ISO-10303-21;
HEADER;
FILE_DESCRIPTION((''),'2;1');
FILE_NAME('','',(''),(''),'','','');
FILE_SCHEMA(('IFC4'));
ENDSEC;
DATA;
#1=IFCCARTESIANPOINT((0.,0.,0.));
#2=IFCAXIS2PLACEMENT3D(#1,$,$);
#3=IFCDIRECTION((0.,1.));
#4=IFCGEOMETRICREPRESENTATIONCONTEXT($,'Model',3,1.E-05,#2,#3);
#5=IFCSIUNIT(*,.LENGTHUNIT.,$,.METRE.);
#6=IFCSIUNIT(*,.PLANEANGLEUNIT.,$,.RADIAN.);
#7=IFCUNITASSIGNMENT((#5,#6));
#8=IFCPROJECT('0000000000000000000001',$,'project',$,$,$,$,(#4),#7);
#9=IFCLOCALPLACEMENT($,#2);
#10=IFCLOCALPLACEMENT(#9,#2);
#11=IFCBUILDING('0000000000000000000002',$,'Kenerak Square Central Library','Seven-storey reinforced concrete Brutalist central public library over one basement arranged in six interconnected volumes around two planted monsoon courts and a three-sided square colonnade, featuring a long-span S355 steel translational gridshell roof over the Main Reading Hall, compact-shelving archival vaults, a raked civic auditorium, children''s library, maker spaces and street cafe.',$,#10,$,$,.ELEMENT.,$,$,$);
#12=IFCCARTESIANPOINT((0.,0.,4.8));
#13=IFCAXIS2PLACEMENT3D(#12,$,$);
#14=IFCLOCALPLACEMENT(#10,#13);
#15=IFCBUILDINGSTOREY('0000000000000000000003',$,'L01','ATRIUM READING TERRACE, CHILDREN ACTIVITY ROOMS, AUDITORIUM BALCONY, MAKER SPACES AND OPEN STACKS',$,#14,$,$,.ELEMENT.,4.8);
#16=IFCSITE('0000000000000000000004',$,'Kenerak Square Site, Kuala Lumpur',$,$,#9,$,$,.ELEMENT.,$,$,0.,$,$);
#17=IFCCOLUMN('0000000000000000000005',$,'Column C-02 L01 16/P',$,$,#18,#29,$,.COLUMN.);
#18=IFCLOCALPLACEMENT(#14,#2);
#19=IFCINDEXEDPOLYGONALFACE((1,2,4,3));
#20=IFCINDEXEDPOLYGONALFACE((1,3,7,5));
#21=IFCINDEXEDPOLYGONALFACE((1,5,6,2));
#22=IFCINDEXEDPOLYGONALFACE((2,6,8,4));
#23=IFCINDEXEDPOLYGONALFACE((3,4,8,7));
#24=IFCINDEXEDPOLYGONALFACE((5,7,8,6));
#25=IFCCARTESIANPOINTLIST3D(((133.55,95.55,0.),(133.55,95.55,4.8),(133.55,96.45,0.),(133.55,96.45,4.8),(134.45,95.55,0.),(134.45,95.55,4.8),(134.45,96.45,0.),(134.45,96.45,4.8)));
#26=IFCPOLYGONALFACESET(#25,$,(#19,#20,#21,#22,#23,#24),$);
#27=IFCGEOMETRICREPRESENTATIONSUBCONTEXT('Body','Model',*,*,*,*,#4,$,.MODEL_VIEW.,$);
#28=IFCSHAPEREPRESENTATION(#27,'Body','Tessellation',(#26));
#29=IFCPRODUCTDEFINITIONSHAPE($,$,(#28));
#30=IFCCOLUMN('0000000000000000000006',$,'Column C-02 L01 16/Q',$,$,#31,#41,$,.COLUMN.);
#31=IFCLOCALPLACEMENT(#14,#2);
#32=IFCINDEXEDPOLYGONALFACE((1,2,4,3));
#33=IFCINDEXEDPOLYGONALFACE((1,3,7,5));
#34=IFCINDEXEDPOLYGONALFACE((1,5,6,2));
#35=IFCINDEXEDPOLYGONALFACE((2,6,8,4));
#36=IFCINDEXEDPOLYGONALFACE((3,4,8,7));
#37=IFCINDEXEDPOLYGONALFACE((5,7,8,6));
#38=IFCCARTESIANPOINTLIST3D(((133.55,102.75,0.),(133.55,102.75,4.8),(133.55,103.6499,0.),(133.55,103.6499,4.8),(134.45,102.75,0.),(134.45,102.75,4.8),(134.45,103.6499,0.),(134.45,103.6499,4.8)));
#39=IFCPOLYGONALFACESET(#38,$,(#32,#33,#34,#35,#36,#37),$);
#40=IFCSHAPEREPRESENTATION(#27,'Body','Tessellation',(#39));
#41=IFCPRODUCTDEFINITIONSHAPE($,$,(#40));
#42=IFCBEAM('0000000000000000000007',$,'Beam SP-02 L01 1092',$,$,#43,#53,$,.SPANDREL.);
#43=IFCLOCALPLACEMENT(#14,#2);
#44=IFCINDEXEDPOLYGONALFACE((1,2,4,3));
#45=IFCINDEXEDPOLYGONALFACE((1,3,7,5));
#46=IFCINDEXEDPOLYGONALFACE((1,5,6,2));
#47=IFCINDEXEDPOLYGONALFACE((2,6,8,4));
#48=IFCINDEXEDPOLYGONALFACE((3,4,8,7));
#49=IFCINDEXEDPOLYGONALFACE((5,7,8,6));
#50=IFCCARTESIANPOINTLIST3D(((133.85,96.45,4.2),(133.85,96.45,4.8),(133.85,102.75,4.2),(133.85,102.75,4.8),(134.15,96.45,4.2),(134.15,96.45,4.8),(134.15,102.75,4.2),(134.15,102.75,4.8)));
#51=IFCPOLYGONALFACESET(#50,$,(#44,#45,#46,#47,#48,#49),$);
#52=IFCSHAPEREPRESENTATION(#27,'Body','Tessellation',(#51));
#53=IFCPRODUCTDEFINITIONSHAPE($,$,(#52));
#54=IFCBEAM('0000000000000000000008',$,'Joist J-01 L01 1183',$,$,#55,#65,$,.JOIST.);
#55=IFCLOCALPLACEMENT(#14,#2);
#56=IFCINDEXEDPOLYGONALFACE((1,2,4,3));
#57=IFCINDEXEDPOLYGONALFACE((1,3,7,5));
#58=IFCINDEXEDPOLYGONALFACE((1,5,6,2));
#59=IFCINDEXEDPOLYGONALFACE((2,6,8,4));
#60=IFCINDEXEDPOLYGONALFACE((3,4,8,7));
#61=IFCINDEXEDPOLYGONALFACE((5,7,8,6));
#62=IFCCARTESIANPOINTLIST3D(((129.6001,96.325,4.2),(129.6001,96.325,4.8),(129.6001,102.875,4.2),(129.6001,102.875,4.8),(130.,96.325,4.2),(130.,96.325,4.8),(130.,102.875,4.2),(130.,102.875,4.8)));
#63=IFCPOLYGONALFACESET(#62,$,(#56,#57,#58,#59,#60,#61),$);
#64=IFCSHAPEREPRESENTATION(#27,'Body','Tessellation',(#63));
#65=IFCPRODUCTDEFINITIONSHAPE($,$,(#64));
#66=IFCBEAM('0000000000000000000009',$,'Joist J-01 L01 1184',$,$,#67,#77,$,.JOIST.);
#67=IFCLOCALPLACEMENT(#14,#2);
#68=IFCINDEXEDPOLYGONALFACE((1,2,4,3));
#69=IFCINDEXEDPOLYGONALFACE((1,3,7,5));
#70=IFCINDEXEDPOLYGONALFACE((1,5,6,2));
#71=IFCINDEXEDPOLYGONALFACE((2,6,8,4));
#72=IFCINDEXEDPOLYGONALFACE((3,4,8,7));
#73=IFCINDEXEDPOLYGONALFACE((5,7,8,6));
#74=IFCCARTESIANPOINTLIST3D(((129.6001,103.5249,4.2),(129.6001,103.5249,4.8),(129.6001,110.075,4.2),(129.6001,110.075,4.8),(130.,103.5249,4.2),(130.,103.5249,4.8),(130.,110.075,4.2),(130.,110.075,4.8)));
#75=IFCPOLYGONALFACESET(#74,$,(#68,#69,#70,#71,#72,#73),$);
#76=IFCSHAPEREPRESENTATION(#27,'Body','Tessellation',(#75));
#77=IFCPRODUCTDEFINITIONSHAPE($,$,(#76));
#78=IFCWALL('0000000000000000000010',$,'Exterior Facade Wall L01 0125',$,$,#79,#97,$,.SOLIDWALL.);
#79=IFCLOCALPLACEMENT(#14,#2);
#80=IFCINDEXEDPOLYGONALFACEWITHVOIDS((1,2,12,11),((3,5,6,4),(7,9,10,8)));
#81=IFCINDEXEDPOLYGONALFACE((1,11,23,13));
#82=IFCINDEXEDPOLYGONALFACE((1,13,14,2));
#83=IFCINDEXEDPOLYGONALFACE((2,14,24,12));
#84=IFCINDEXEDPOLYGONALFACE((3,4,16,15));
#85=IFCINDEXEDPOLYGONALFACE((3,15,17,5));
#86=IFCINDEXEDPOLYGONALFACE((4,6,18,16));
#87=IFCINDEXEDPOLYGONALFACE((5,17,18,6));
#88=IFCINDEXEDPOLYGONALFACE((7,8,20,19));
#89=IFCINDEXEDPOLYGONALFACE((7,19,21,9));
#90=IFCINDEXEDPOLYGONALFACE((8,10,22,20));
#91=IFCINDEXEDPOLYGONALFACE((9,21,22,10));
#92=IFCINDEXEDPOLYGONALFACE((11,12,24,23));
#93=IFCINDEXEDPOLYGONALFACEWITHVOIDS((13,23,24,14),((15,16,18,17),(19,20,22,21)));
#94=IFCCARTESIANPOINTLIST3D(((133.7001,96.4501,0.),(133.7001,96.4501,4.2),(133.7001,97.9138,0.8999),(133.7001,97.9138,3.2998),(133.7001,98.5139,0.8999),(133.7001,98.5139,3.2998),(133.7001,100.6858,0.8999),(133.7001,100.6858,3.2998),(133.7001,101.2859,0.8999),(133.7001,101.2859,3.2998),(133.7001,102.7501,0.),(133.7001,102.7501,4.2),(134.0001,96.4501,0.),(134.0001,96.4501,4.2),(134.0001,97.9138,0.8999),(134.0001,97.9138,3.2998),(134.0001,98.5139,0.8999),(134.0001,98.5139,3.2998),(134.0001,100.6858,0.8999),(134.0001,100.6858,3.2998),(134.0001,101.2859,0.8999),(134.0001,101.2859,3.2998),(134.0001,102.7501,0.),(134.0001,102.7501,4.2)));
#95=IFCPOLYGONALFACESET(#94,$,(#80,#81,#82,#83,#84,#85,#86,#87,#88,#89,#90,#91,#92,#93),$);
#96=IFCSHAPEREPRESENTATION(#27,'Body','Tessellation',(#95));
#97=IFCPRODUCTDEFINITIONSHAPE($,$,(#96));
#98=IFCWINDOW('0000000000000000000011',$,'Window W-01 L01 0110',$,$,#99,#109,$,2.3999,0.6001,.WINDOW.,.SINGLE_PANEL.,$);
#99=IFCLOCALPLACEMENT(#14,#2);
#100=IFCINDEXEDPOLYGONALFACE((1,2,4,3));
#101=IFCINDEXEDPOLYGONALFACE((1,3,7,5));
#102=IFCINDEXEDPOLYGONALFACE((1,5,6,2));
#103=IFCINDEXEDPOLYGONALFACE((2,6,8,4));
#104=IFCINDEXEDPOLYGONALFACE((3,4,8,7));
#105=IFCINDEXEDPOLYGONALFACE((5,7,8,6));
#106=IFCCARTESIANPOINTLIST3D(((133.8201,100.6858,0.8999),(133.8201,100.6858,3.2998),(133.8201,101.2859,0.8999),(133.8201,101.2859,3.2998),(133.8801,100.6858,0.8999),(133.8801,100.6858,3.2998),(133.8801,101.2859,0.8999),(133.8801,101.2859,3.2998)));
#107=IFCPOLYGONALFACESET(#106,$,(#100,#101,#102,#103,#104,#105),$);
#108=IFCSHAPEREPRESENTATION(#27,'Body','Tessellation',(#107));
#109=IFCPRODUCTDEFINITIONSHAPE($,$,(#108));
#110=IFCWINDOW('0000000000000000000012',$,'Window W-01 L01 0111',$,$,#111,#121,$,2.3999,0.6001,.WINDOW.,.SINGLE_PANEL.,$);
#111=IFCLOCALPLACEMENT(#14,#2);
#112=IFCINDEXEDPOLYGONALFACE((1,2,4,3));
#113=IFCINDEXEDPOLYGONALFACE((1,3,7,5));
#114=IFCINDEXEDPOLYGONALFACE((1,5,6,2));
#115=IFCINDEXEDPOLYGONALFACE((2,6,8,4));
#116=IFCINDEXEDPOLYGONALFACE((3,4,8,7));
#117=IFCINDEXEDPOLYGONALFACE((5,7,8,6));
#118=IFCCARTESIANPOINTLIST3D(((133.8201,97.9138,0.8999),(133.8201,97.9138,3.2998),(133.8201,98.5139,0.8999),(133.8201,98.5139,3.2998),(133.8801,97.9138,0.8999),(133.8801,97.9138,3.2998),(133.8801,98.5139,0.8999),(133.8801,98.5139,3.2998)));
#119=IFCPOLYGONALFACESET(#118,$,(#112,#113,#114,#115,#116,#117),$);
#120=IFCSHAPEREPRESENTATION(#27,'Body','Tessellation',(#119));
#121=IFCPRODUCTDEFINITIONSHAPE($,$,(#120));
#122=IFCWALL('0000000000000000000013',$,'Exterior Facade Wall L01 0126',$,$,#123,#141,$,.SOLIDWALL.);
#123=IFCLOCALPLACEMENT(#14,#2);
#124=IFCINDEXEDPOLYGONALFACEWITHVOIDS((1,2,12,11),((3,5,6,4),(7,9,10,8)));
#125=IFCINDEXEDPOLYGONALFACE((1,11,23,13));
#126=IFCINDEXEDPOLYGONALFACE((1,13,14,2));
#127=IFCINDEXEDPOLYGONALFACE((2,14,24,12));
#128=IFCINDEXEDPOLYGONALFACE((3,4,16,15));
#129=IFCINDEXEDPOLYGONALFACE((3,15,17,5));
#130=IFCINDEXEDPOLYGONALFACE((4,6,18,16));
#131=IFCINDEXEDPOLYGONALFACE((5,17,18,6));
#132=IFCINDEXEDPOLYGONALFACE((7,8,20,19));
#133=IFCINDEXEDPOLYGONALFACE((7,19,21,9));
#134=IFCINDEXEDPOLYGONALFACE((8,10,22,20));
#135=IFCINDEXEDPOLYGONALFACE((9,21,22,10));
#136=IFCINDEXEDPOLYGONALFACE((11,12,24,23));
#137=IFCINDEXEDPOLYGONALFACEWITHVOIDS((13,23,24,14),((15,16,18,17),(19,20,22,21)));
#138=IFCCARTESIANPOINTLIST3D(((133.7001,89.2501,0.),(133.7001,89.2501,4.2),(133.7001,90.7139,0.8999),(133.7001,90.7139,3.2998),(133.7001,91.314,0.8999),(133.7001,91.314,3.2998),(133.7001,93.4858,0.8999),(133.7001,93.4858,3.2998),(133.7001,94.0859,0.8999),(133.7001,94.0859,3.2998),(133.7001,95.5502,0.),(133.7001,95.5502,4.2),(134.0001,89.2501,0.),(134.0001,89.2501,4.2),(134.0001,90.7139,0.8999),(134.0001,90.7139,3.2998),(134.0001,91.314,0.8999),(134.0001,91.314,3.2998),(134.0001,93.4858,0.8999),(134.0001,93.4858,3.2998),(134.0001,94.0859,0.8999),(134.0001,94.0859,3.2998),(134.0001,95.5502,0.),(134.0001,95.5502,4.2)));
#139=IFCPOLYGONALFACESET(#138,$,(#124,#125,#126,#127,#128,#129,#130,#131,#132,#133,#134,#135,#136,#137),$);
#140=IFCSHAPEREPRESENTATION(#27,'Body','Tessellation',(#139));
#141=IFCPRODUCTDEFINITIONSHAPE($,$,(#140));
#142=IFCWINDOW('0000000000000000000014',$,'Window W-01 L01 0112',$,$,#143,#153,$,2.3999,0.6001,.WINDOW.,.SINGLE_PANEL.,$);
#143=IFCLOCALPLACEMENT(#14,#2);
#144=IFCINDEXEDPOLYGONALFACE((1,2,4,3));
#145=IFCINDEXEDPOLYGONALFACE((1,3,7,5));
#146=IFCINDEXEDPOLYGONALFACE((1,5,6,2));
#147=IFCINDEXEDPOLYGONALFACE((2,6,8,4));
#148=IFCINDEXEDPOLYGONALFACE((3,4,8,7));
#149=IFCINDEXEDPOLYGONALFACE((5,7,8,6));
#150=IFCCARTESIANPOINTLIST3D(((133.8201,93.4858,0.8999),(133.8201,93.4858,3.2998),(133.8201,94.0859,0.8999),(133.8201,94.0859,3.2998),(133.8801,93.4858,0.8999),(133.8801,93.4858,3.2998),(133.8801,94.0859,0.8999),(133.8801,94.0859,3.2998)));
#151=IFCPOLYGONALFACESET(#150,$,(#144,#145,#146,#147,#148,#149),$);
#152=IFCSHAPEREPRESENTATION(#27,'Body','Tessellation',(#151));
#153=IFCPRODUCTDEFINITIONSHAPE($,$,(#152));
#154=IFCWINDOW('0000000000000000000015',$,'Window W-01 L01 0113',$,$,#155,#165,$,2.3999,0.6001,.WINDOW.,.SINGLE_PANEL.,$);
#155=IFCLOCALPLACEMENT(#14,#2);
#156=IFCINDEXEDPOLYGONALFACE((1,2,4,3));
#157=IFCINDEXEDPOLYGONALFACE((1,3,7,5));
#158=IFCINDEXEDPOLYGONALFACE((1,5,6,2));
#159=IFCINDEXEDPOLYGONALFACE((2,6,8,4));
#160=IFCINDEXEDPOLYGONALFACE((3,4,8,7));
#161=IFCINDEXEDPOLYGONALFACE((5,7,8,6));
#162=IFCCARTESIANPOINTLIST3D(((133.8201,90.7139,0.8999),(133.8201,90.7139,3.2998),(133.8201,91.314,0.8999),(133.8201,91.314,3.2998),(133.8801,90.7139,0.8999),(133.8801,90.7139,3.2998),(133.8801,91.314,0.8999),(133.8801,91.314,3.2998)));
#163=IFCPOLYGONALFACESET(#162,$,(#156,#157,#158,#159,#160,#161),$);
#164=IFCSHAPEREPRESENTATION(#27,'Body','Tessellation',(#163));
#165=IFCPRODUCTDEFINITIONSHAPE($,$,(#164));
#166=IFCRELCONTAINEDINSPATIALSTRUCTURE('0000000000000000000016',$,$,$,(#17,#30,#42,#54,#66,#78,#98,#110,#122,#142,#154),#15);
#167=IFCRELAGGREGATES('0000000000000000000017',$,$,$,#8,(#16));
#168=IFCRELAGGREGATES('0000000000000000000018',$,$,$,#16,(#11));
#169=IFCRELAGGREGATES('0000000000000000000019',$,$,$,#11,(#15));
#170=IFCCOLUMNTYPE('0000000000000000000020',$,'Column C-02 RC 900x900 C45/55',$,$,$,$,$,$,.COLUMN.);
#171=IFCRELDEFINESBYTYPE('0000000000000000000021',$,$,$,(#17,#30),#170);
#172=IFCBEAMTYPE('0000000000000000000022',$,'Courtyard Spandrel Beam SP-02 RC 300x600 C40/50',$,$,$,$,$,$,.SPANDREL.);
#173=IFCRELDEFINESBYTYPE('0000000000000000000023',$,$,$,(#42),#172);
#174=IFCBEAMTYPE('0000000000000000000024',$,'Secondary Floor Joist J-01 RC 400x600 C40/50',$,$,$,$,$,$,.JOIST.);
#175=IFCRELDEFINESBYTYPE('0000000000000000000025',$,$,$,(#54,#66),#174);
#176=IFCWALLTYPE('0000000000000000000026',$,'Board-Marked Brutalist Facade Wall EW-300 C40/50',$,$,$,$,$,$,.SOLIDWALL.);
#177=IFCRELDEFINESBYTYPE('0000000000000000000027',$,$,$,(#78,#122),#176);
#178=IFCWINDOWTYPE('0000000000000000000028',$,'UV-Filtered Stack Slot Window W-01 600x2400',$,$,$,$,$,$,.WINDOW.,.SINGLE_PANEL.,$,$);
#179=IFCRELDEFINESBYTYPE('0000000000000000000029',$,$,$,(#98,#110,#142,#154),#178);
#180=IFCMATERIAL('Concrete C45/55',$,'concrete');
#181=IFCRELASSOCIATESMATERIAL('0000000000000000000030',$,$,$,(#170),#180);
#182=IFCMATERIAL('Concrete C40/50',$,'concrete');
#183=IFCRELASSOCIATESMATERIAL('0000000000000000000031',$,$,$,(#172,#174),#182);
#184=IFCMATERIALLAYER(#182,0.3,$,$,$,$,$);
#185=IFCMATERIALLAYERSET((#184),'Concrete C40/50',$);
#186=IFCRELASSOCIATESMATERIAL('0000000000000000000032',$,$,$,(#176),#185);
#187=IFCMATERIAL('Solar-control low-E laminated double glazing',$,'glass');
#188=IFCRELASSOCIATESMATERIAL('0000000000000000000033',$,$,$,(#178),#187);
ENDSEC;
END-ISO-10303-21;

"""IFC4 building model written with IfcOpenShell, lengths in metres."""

from ifc_helpers import new_model, si_unit, direction, frame, frame_2d, origin, origin_2d, place, context, subcontext, project, spatial, rectangle, extrude, material, layer, layer_set, material_profile, profile_set, type_object, element, fill, save


model = new_model("IFC4")

# Units and contexts
model_context = context("Model", 3, precision=1e-05, world=origin(), true_north=direction((0.0, 1.0)))
body_context = subcontext(model_context, "Body", "Model", "MODEL_VIEW")
ifc_project = project(units=[si_unit("LENGTHUNIT", "METRE"), si_unit("PLANEANGLEUNIT", "RADIAN")], contexts=[model_context])

# Site, building, storey
site_placement = place(None, origin())
site = spatial("IfcSite", under=ifc_project, at=site_placement, Name="Kenerak Square Site, Kuala Lumpur", CompositionType="ELEMENT", RefElevation=0.0)
building_placement = place(site_placement, origin())
building = spatial("IfcBuilding", under=site, at=building_placement, Name="Kenerak Square Central Library", Description="Seven-storey reinforced concrete Brutalist central public library over one basement arranged in six interconnected volumes around two planted monsoon courts and a three-sided square colonnade, featuring a long-span S355 steel translational gridshell roof over the Main Reading Hall, compact-shelving archival vaults, a raked civic auditorium, children's library, maker spaces and street cafe.", CompositionType="ELEMENT")
storey_placement = place(building_placement, frame((0.0, 0.0, 4.8)))
storey = spatial("IfcBuildingStorey", under=building, at=storey_placement, Name="L01", Description="ATRIUM READING TERRACE, CHILDREN ACTIVITY ROOMS, AUDITORIUM BALCONY, MAKER SPACES AND OPEN STACKS", CompositionType="ELEMENT", Elevation=4.8)

# Columns
ifc_material_1 = material(Name="Concrete C45/55", Category="concrete")
ifc_material_profile_1 = material_profile(ifc_material_1, rectangle(XDim=0.8999, YDim=0.8999, at=origin_2d()), Name="RC 900x900")
ifc_profile_set_1 = profile_set([ifc_material_profile_1], Name="Concrete C45/55")
column_type = type_object("IfcColumnType", Name="Column C-02 RC 900x900 C45/55", PredefinedType="COLUMN", material=ifc_profile_set_1)
for number, where, z_axis, x_axis, name in (
    (1, (134.0, 96.0, 0.0), (0.0, 0.0, 1.0), (1.0, 0.0, 0.0), "Column C-02 L01 16/P"),
    (2, (134.0, 103.2, 0.0), (0.0, 0.0, 1.0), (1.0, 0.0, 0.0), "Column C-02 L01 16/Q"),
):
    element("IfcColumn", number, at=place(storey_placement, frame(where, z_axis=z_axis, x_axis=x_axis)), inside=storey, type_object=column_type, Name=name, PredefinedType="COLUMN", context=body_context, shape_type="SweptSolid", body=[
        extrude(rectangle(XDim=0.8999, YDim=0.8999, at=origin_2d()), origin(), (0.0, 0.0, 1.0), 4.8),
    ])

# Beams
ifc_material_2 = material(Name="Concrete C40/50", Category="concrete")
ifc_material_profile_2 = material_profile(ifc_material_2, rectangle(XDim=0.3, YDim=0.6001, at=origin_2d()), Name="RC 300x600")
ifc_profile_set_2 = profile_set([ifc_material_profile_2], Name="Concrete C40/50")
beam_type_1 = type_object("IfcBeamType", Name="Courtyard Spandrel Beam SP-02 RC 300x600 C40/50", PredefinedType="SPANDREL", material=ifc_profile_set_2)
beam_placement = place(storey_placement, frame((134.0, 96.45, 4.5), z_axis=(0.0, 1.0, 0.0), x_axis=(-1.0, 0.0, 0.0)))
element("IfcBeam", 3, at=beam_placement, inside=storey, type_object=beam_type_1, Name="Beam SP-02 L01 1092", PredefinedType="SPANDREL", context=body_context, shape_type="SweptSolid", body=[
    extrude(rectangle(XDim=0.3, YDim=0.6001, at=origin_2d()), origin(), (0.0, 0.0, 1.0), 6.3),
])
ifc_material_profile_3 = material_profile(ifc_material_2, rectangle(XDim=0.3999, YDim=0.6001, at=origin_2d()), Name="RC 400x600")
ifc_profile_set_3 = profile_set([ifc_material_profile_3], Name="Concrete C40/50")
beam_type_2 = type_object("IfcBeamType", Name="Secondary Floor Joist J-01 RC 400x600 C40/50", PredefinedType="JOIST", material=ifc_profile_set_3)
for number, where, z_axis, x_axis, name in (
    (4, (129.8, 96.325, 4.5), (0.0, 1.0, 0.0), (-1.0, 0.0, 0.0), "Joist J-01 L01 1183"),
    (5, (129.8, 103.5249, 4.5), (0.0, 1.0, 0.0), (-1.0, 0.0, 0.0), "Joist J-01 L01 1184"),
):
    element("IfcBeam", number, at=place(storey_placement, frame(where, z_axis=z_axis, x_axis=x_axis)), inside=storey, type_object=beam_type_2, Name=name, PredefinedType="JOIST", context=body_context, shape_type="SweptSolid", body=[
        extrude(rectangle(XDim=0.3999, YDim=0.6001, at=origin_2d()), origin(), (0.0, 0.0, 1.0), 6.55),
    ])

# Walls, openings, windows
ifc_layer = layer(ifc_material_2, 0.3)
ifc_layer_set = layer_set([ifc_layer], Name="Concrete C40/50")
wall_type = type_object("IfcWallType", Name="Board-Marked Brutalist Facade Wall EW-300 C40/50", PredefinedType="SOLIDWALL", material=ifc_layer_set)
wall_1_placement = place(storey_placement, frame((133.8501, 102.75, 0.0), z_axis=(0.0, 0.0, 1.0), x_axis=(0.0, -1.0, 0.0)))
wall_1 = element("IfcWall", 6, at=wall_1_placement, inside=storey, type_object=wall_type, Name="Exterior Facade Wall L01 0125", PredefinedType="SOLIDWALL", context=body_context, shape_type="SweptSolid", body=[
    extrude(rectangle(XDim=6.3, YDim=0.3, at=frame_2d((3.1499, 0.0))), origin(), (0.0, 0.0, 1.0), 4.2),
])
opening_1_placement = place(wall_1_placement, frame((1.4641, 0.0, 0.8999)))
opening_1 = element("IfcOpeningElement", 7, at=opening_1_placement, cuts=wall_1, PredefinedType="OPENING", context=body_context, shape_type="SweptSolid", body=[
    extrude(rectangle(XDim=0.6001, YDim=2.3999, at=frame_2d((0.3, 1.2))), frame((0.0, 0.1599, 0.0), z_axis=(0.0, -1.0, 0.0), x_axis=(1.0, 0.0, 0.0)), (0.0, 0.0, 1.0), 0.3201),
])
opening_2_placement = place(wall_1_placement, frame((4.2361, 0.0, 0.8999)))
opening_2 = element("IfcOpeningElement", 8, at=opening_2_placement, cuts=wall_1, PredefinedType="OPENING", context=body_context, shape_type="SweptSolid", body=[
    extrude(rectangle(XDim=0.6001, YDim=2.3999, at=frame_2d((0.3, 1.2))), frame((0.0, 0.1599, 0.0), z_axis=(0.0, -1.0, 0.0), x_axis=(1.0, 0.0, 0.0)), (0.0, 0.0, 1.0), 0.3201),
])
ifc_material_3 = material(Name="Solar-control low-E laminated double glazing", Category="glass")
window_type = type_object("IfcWindowType", Name="UV-Filtered Stack Slot Window W-01 600x2400", PartitioningType="SINGLE_PANEL", PredefinedType="WINDOW", material=ifc_material_3)
window_1_placement = place(opening_1_placement, origin())
window_1 = element("IfcWindow", 9, at=window_1_placement, inside=storey, type_object=window_type, Name="Window W-01 L01 0110", OverallHeight=2.3999, OverallWidth=0.6001, PartitioningType="SINGLE_PANEL", PredefinedType="WINDOW", context=body_context, shape_type="SweptSolid", body=[
    extrude(rectangle(XDim=0.6001, YDim=2.3999, at=frame_2d((0.3, 1.2))), frame((0.0, 0.03, 0.0), z_axis=(0.0, -1.0, 0.0), x_axis=(1.0, 0.0, 0.0)), (0.0, 0.0, 1.0), 0.0601),
])
fill(opening_1, window_1)
window_2_placement = place(opening_2_placement, origin())
window_2 = element("IfcWindow", 10, at=window_2_placement, inside=storey, type_object=window_type, Name="Window W-01 L01 0111", OverallHeight=2.3999, OverallWidth=0.6001, PartitioningType="SINGLE_PANEL", PredefinedType="WINDOW", context=body_context, shape_type="SweptSolid", body=[
    extrude(rectangle(XDim=0.6001, YDim=2.3999, at=frame_2d((0.3, 1.2))), frame((0.0, 0.03, 0.0), z_axis=(0.0, -1.0, 0.0), x_axis=(1.0, 0.0, 0.0)), (0.0, 0.0, 1.0), 0.0601),
])
fill(opening_2, window_2)
wall_2_placement = place(storey_placement, frame((133.8501, 95.55, 0.0), z_axis=(0.0, 0.0, 1.0), x_axis=(0.0, -1.0, 0.0)))
wall_2 = element("IfcWall", 11, at=wall_2_placement, inside=storey, type_object=wall_type, Name="Exterior Facade Wall L01 0126", PredefinedType="SOLIDWALL", context=body_context, shape_type="SweptSolid", body=[
    extrude(rectangle(XDim=6.3, YDim=0.3, at=frame_2d((3.1499, 0.0))), origin(), (0.0, 0.0, 1.0), 4.2),
])
opening_3_placement = place(wall_2_placement, frame((1.4641, 0.0, 0.8999)))
opening_3 = element("IfcOpeningElement", 12, at=opening_3_placement, cuts=wall_2, PredefinedType="OPENING", context=body_context, shape_type="SweptSolid", body=[
    extrude(rectangle(XDim=0.6001, YDim=2.3999, at=frame_2d((0.3, 1.2))), frame((0.0, 0.1599, 0.0), z_axis=(0.0, -1.0, 0.0), x_axis=(1.0, 0.0, 0.0)), (0.0, 0.0, 1.0), 0.3201),
])
opening_4_placement = place(wall_2_placement, frame((4.2361, 0.0, 0.8999)))
opening_4 = element("IfcOpeningElement", 13, at=opening_4_placement, cuts=wall_2, PredefinedType="OPENING", context=body_context, shape_type="SweptSolid", body=[
    extrude(rectangle(XDim=0.6001, YDim=2.3999, at=frame_2d((0.3, 1.2))), frame((0.0, 0.1599, 0.0), z_axis=(0.0, -1.0, 0.0), x_axis=(1.0, 0.0, 0.0)), (0.0, 0.0, 1.0), 0.3201),
])
window_3_placement = place(opening_3_placement, origin())
window_3 = element("IfcWindow", 14, at=window_3_placement, inside=storey, type_object=window_type, Name="Window W-01 L01 0112", OverallHeight=2.3999, OverallWidth=0.6001, PartitioningType="SINGLE_PANEL", PredefinedType="WINDOW", context=body_context, shape_type="SweptSolid", body=[
    extrude(rectangle(XDim=0.6001, YDim=2.3999, at=frame_2d((0.3, 1.2))), frame((0.0, 0.03, 0.0), z_axis=(0.0, -1.0, 0.0), x_axis=(1.0, 0.0, 0.0)), (0.0, 0.0, 1.0), 0.0601),
])
fill(opening_3, window_3)
window_4_placement = place(opening_4_placement, origin())
window_4 = element("IfcWindow", 15, at=window_4_placement, inside=storey, type_object=window_type, Name="Window W-01 L01 0113", OverallHeight=2.3999, OverallWidth=0.6001, PartitioningType="SINGLE_PANEL", PredefinedType="WINDOW", context=body_context, shape_type="SweptSolid", body=[
    extrude(rectangle(XDim=0.6001, YDim=2.3999, at=frame_2d((0.3, 1.2))), frame((0.0, 0.03, 0.0), z_axis=(0.0, -1.0, 0.0), x_axis=(1.0, 0.0, 0.0)), (0.0, 0.0, 1.0), 0.0601),
])
fill(opening_4, window_4)

save(model, "model.ifc")
